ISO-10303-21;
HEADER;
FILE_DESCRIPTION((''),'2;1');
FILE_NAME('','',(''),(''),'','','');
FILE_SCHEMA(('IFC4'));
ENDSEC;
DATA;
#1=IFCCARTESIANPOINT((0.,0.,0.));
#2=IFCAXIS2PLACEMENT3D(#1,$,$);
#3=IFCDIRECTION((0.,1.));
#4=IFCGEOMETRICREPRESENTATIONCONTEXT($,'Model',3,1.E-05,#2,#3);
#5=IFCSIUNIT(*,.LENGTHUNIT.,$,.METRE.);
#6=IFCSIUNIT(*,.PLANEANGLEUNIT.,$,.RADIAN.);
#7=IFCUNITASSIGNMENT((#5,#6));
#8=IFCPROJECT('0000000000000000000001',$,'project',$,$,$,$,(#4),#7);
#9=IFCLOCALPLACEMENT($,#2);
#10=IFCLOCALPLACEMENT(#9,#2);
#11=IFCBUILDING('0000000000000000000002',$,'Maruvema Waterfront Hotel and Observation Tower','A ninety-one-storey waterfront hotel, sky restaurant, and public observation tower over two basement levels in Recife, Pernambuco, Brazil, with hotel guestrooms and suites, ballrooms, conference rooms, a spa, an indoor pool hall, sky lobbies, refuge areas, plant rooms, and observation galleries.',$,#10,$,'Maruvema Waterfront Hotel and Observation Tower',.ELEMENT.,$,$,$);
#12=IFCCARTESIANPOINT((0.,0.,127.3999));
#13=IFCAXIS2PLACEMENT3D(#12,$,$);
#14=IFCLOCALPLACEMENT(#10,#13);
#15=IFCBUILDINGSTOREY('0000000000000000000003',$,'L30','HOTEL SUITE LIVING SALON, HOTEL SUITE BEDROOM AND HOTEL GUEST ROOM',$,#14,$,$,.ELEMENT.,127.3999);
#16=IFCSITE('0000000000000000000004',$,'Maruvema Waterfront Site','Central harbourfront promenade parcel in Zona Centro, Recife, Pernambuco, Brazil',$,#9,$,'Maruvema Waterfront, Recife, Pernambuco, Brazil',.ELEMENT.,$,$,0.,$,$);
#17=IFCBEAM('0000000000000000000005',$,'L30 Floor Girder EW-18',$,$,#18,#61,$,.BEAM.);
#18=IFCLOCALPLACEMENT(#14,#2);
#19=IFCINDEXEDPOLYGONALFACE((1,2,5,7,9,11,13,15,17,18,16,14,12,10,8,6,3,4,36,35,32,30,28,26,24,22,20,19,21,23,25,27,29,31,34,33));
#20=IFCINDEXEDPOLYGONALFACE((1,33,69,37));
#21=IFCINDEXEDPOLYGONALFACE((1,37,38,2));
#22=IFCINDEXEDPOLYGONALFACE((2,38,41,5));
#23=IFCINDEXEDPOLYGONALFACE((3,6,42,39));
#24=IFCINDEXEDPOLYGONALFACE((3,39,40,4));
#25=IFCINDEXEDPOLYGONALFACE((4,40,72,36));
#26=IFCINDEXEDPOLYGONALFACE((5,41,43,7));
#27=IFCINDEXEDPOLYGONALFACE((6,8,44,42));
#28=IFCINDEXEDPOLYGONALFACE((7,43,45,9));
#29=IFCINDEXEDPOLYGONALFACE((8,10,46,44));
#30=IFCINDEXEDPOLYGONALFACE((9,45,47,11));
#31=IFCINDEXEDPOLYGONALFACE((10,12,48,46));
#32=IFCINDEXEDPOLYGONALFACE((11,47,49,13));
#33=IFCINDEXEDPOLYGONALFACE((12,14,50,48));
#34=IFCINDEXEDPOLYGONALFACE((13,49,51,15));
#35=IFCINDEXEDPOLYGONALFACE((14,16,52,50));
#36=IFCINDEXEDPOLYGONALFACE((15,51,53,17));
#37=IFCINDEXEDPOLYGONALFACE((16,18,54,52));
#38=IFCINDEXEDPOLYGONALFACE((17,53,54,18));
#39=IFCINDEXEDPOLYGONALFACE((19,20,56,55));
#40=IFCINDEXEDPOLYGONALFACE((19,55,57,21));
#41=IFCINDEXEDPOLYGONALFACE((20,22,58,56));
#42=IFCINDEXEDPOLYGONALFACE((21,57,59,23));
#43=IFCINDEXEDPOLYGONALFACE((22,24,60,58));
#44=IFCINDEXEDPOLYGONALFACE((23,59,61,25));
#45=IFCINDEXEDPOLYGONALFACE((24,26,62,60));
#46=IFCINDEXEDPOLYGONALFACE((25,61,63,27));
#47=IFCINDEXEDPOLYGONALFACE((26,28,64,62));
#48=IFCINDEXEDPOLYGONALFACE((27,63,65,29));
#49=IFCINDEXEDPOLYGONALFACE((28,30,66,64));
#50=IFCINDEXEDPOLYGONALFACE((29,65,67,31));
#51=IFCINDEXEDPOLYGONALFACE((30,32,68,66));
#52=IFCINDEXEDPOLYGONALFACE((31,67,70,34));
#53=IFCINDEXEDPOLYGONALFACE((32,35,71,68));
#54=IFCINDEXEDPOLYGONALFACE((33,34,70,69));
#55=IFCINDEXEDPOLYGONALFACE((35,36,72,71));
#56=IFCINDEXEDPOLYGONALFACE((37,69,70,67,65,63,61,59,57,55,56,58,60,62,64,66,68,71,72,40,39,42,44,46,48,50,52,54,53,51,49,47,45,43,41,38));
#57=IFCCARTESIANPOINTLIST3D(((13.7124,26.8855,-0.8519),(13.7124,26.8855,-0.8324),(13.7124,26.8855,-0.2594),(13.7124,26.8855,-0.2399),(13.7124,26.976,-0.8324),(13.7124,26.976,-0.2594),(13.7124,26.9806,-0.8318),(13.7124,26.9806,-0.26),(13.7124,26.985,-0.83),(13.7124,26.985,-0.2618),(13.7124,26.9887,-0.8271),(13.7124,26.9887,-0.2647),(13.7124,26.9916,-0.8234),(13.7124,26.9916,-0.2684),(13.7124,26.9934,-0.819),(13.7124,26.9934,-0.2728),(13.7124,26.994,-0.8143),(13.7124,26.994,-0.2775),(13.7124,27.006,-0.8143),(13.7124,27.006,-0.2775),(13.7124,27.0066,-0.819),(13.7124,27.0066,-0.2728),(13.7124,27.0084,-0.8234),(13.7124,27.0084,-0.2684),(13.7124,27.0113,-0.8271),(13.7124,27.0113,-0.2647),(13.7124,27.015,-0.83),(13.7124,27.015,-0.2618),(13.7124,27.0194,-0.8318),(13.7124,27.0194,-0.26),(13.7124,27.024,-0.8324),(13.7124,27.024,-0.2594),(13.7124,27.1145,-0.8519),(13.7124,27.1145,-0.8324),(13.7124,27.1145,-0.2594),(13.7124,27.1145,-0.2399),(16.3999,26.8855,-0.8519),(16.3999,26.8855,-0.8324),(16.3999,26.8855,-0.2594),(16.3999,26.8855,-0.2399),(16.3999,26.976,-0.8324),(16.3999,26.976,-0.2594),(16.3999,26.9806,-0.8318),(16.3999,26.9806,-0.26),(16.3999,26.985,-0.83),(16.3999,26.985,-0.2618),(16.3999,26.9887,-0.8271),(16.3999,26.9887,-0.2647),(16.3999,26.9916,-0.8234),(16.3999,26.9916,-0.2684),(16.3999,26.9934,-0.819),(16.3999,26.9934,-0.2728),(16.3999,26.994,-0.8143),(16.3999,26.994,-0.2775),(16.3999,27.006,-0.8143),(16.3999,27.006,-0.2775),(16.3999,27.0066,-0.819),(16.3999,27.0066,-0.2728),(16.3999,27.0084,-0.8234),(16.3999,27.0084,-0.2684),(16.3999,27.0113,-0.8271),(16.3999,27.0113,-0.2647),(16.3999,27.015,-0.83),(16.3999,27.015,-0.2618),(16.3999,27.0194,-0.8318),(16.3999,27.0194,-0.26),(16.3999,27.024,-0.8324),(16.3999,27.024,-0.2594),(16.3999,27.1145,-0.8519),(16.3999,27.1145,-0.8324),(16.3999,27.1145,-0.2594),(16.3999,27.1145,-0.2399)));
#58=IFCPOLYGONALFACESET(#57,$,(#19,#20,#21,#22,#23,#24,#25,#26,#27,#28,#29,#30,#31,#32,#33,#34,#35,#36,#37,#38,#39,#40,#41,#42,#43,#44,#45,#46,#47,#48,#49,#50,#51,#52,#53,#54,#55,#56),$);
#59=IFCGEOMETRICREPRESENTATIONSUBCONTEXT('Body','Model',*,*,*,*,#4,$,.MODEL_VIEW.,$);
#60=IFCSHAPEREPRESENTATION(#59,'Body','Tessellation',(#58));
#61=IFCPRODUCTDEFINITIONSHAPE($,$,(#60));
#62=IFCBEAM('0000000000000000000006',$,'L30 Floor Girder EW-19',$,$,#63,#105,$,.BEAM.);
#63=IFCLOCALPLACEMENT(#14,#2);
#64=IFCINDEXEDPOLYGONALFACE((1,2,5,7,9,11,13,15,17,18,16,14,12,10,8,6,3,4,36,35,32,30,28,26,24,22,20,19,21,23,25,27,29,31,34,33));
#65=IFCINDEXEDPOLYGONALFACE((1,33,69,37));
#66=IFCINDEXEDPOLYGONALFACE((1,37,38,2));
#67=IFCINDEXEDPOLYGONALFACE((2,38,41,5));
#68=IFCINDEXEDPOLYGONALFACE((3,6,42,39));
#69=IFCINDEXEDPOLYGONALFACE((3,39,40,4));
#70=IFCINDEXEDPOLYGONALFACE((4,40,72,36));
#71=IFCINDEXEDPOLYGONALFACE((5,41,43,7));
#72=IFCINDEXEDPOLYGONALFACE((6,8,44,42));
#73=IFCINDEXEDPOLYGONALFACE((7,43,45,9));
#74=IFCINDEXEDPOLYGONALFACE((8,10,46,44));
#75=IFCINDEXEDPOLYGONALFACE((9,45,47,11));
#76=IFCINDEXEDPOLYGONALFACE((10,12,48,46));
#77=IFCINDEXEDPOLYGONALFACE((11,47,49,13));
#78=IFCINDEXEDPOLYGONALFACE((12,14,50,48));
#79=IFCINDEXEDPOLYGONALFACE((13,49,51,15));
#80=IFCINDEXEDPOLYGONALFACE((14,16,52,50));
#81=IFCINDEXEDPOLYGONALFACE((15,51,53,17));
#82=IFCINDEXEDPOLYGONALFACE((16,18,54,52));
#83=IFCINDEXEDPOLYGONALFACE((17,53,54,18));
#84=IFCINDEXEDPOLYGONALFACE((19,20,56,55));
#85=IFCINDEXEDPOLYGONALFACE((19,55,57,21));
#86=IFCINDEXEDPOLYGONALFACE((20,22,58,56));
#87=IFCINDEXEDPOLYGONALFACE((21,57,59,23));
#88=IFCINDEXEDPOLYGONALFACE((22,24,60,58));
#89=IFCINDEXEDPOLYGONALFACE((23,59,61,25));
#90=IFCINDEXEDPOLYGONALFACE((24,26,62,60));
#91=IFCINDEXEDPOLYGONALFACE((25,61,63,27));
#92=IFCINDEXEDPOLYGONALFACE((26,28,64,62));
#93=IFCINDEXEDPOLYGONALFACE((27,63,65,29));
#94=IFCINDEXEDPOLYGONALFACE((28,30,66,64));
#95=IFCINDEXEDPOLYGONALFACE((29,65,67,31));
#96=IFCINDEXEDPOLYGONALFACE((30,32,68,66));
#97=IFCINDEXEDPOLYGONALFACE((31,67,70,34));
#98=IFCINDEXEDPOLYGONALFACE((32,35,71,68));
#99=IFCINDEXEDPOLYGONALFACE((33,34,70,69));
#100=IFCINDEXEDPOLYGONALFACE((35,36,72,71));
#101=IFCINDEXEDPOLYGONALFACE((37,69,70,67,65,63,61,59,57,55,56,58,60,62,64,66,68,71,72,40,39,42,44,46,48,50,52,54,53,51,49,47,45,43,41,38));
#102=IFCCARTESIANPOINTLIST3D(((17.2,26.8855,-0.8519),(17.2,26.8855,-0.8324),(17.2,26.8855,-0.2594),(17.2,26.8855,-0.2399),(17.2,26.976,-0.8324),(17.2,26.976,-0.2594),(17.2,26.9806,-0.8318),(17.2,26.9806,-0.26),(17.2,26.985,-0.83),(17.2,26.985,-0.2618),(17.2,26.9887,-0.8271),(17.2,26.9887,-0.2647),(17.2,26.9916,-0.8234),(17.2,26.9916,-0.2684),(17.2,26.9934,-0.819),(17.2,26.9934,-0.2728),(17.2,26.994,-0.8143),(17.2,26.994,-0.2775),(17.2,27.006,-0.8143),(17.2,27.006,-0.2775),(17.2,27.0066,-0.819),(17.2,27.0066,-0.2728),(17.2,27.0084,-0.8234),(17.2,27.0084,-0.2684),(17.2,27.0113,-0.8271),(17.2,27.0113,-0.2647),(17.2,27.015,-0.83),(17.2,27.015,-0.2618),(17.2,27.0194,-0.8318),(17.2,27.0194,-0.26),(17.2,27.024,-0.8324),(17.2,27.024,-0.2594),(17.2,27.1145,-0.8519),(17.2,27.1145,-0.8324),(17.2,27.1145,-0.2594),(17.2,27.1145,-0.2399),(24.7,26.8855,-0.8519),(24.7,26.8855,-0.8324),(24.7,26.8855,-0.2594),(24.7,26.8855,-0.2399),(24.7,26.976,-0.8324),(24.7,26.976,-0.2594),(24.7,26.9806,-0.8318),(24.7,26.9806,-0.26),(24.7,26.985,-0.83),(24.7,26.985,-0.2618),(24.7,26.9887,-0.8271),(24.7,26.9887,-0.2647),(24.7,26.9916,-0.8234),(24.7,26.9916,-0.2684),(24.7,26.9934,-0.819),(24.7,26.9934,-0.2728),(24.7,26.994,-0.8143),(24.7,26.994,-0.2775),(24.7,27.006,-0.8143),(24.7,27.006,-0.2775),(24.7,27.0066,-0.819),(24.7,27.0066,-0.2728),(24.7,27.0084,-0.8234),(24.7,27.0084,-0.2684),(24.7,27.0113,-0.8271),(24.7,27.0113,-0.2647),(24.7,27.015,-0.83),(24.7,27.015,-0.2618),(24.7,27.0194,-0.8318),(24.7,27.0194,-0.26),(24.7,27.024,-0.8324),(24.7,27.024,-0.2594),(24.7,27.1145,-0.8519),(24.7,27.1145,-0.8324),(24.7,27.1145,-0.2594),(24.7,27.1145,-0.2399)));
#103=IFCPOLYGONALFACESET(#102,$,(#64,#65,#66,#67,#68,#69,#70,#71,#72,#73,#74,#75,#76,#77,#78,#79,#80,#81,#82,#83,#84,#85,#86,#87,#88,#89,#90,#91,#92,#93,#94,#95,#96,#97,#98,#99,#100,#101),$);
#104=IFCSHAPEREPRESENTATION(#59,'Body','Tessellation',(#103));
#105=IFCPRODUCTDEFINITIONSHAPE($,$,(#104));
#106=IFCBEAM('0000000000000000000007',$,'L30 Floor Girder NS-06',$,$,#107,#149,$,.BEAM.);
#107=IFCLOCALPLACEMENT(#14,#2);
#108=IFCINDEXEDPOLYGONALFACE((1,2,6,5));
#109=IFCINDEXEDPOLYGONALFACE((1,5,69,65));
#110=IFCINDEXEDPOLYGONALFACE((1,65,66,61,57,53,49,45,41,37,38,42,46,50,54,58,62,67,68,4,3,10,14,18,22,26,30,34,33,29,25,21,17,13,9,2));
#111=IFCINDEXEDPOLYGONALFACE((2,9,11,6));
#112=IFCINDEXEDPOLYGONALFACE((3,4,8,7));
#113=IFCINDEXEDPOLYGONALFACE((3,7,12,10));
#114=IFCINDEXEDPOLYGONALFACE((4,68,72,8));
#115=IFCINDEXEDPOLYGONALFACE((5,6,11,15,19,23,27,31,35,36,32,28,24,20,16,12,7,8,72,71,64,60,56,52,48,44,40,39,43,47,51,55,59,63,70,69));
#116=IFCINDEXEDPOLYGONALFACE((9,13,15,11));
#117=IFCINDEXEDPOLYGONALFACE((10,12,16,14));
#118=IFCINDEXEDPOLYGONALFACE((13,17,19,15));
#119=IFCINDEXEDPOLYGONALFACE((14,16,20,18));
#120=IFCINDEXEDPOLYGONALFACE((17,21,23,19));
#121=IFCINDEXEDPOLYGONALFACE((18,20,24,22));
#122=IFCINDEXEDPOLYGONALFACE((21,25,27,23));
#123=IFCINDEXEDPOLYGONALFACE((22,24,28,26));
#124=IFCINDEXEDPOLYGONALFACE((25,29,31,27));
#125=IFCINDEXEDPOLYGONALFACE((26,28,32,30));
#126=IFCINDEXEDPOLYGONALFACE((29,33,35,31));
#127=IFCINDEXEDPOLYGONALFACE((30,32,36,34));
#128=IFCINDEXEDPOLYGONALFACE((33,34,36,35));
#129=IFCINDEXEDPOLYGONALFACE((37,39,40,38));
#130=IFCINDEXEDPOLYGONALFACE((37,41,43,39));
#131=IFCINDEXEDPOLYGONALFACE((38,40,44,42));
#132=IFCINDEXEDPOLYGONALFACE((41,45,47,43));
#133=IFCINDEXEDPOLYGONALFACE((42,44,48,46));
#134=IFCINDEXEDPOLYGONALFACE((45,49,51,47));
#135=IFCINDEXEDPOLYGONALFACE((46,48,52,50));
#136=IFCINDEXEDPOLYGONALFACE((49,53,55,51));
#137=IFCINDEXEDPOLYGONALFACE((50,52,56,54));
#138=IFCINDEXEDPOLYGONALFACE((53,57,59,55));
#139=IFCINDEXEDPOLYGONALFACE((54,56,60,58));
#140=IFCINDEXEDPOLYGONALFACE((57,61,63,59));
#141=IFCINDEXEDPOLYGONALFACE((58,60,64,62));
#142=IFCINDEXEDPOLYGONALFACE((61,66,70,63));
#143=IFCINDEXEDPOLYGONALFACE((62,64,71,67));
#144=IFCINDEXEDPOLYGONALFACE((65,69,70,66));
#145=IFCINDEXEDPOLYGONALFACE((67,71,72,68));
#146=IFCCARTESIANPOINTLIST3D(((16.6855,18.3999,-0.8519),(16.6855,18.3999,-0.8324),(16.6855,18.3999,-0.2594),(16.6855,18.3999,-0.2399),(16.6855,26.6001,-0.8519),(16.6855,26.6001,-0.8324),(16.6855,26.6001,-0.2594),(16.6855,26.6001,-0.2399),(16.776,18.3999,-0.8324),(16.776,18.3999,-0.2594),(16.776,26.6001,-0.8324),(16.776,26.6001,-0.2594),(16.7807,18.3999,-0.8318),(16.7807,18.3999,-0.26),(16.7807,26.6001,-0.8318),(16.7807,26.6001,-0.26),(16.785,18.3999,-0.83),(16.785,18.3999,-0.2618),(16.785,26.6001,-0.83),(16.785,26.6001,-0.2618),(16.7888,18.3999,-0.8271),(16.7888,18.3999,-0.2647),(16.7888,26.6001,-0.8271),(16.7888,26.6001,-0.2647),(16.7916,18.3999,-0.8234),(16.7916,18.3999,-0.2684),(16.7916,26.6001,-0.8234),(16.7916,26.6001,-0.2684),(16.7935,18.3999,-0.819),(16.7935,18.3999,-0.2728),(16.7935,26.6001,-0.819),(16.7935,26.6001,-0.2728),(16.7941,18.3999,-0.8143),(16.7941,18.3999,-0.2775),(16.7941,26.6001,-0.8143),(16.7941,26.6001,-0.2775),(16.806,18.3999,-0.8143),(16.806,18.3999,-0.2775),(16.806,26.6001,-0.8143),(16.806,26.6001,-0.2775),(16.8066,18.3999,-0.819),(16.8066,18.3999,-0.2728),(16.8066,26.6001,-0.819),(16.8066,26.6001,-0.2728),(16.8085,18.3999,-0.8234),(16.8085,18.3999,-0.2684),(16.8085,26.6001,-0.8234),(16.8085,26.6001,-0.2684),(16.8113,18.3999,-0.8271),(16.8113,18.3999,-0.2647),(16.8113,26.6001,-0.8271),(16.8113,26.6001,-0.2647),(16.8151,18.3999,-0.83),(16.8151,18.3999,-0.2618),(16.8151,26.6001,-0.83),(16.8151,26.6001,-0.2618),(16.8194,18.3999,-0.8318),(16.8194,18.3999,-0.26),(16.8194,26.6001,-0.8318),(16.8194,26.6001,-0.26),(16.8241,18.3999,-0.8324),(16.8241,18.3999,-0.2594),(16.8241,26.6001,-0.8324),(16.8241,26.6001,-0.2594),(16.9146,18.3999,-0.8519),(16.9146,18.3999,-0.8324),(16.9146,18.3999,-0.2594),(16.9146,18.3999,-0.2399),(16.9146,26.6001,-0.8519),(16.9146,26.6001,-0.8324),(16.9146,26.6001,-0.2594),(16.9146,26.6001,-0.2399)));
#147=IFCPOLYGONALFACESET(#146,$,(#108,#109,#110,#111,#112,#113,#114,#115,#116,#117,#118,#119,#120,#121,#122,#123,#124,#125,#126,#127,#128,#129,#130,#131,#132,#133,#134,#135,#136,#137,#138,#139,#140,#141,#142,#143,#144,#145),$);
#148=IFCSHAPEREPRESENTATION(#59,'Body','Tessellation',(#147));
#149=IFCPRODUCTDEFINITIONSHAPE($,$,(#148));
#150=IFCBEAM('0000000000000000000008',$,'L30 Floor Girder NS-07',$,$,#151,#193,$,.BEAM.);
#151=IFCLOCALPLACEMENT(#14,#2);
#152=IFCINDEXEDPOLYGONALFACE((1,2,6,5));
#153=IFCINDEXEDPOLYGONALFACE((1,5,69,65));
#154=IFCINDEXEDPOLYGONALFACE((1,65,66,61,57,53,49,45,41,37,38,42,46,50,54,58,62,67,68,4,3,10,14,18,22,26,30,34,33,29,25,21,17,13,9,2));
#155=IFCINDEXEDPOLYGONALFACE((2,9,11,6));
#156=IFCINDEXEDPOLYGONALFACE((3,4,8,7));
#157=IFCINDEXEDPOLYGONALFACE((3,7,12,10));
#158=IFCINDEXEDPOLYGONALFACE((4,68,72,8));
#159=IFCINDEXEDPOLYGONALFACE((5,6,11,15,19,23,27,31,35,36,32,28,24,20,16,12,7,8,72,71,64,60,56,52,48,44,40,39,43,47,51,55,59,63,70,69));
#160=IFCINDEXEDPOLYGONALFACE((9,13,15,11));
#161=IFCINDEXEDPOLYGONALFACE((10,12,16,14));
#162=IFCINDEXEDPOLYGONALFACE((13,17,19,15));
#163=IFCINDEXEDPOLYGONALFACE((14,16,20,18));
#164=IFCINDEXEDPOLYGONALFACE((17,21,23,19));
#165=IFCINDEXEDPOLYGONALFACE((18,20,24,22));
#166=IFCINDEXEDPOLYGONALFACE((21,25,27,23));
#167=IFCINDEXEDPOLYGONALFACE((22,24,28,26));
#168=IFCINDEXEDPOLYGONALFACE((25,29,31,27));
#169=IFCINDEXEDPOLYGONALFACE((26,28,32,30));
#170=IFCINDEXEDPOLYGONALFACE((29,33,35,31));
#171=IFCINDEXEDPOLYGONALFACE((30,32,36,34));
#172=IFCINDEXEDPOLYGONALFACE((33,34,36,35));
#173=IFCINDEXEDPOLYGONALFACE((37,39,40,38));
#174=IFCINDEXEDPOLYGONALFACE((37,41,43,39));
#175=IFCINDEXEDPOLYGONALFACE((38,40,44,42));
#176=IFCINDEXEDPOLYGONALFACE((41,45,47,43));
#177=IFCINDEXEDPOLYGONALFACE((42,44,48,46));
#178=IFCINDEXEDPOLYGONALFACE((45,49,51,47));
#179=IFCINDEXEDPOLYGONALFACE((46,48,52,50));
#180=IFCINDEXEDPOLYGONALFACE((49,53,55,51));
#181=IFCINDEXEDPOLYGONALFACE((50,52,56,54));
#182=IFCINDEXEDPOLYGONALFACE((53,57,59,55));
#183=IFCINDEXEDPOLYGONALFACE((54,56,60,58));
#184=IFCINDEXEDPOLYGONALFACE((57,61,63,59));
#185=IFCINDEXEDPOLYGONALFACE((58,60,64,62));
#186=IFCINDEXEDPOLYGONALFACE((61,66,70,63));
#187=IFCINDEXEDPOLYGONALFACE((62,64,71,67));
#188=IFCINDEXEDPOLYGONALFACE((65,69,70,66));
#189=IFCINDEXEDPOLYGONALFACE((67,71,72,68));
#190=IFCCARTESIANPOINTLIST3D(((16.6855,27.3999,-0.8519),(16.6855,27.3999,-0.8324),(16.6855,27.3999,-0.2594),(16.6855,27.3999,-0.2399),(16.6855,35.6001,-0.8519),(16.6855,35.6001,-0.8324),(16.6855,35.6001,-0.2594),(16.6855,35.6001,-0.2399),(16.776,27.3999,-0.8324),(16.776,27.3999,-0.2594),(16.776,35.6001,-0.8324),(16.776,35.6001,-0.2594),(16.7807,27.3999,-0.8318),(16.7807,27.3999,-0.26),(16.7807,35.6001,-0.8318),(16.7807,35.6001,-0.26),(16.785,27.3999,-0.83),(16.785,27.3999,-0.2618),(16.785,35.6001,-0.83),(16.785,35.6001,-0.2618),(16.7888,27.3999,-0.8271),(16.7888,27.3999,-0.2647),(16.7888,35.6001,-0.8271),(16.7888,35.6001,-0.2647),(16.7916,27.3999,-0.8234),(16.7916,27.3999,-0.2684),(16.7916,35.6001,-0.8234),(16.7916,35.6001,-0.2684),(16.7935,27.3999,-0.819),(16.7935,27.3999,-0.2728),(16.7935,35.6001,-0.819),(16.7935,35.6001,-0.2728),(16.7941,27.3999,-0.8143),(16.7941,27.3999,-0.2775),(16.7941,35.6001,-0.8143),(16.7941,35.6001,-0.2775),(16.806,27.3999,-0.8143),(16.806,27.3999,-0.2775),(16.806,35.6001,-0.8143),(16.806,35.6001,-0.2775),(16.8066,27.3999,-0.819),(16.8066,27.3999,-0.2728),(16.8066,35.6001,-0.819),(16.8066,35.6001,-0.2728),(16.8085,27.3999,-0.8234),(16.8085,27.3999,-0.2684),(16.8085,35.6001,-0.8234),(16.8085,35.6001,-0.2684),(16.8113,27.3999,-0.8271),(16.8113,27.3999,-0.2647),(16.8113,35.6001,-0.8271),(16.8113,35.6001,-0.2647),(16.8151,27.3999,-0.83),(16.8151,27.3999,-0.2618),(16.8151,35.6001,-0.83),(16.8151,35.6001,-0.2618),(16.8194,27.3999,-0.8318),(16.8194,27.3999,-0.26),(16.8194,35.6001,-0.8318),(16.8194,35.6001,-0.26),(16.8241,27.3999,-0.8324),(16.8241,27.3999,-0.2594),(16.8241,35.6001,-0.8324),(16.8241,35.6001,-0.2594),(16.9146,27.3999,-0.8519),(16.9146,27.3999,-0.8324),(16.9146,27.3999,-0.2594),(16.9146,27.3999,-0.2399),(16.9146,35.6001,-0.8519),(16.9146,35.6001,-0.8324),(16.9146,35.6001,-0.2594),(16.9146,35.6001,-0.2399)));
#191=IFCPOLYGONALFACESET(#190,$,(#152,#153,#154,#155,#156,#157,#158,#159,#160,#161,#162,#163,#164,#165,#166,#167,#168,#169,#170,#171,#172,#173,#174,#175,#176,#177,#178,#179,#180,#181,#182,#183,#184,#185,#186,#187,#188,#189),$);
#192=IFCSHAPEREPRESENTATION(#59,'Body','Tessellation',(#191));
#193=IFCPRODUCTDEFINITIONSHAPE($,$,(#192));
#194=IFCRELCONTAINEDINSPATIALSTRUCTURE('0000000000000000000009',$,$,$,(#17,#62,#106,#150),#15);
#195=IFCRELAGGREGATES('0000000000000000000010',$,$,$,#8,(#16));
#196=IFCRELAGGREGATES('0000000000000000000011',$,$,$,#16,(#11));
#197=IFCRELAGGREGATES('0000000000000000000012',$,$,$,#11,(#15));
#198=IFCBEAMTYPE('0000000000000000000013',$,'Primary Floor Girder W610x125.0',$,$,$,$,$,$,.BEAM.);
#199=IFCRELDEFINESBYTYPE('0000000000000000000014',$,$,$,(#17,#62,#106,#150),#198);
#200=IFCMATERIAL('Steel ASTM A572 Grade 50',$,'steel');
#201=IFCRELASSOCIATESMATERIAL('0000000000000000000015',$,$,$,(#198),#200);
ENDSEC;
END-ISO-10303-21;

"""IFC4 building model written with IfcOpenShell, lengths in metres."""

from ifc_helpers import new_model, si_unit, direction, frame, origin, origin_2d, place, context, subcontext, project, spatial, i_section, extrude, material, material_profile, profile_set, type_object, element, save


model = new_model("IFC4")

# Units and contexts
model_context = context("Model", 3, precision=1e-05, world=origin(), true_north=direction((0.0, 1.0)))
body_context = subcontext(model_context, "Body", "Model", "MODEL_VIEW")
ifc_project = project(units=[si_unit("LENGTHUNIT", "METRE"), si_unit("PLANEANGLEUNIT", "RADIAN")], contexts=[model_context])

# Site, building, storey
site_placement = place(None, origin())
site = spatial("IfcSite", under=ifc_project, at=site_placement, Name="Maruvema Waterfront Site", Description="Central harbourfront promenade parcel in Zona Centro, Recife, Pernambuco, Brazil", LongName="Maruvema Waterfront, Recife, Pernambuco, Brazil", CompositionType="ELEMENT", RefElevation=0.0)
building_placement = place(site_placement, origin())
building = spatial("IfcBuilding", under=site, at=building_placement, Name="Maruvema Waterfront Hotel and Observation Tower", Description="A ninety-one-storey waterfront hotel, sky restaurant, and public observation tower over two basement levels in Recife, Pernambuco, Brazil, with hotel guestrooms and suites, ballrooms, conference rooms, a spa, an indoor pool hall, sky lobbies, refuge areas, plant rooms, and observation galleries.", LongName="Maruvema Waterfront Hotel and Observation Tower", CompositionType="ELEMENT")
storey_placement = place(building_placement, frame((0.0, 0.0, 127.3999)))
storey = spatial("IfcBuildingStorey", under=building, at=storey_placement, Name="L30", Description="HOTEL SUITE LIVING SALON, HOTEL SUITE BEDROOM AND HOTEL GUEST ROOM", CompositionType="ELEMENT", Elevation=127.3999)

# Beams
ifc_material_1 = material(Name="Steel ASTM A572 Grade 50", Category="steel")
ifc_material_profile_1 = material_profile(ifc_material_1, i_section(OverallWidth=0.229, OverallDepth=0.6121, WebThickness=0.012, FlangeThickness=0.0195, FilletRadius=0.0181, at=origin_2d()), Name="W610x125.0")
ifc_profile_set_1 = profile_set([ifc_material_profile_1], Name="Steel ASTM A572 Grade 50")
beam_type_1 = type_object("IfcBeamType", Name="Primary Floor Girder W610x125.0", PredefinedType="BEAM", material=ifc_profile_set_1)
beam_1_placement = place(storey_placement, frame((13.7124, 27.0, -0.5459), z_axis=(1.0, 0.0, 0.0), x_axis=(0.0, 1.0, 0.0)))
element("IfcBeam", 1, at=beam_1_placement, inside=storey, type_object=beam_type_1, Name="L30 Floor Girder EW-18", PredefinedType="BEAM", context=body_context, shape_type="SweptSolid", body=[
    extrude(i_section(OverallWidth=0.229, OverallDepth=0.6121, WebThickness=0.012, FlangeThickness=0.0195, FilletRadius=0.0181, at=origin_2d()), origin(), (0.0, 0.0, 1.0), 2.6875),
])
beam_2_placement = place(storey_placement, frame((17.2, 27.0, -0.5459), z_axis=(1.0, 0.0, 0.0), x_axis=(0.0, 1.0, 0.0)))
element("IfcBeam", 2, at=beam_2_placement, inside=storey, type_object=beam_type_1, Name="L30 Floor Girder EW-19", PredefinedType="BEAM", context=body_context, shape_type="SweptSolid", body=[
    extrude(i_section(OverallWidth=0.229, OverallDepth=0.6121, WebThickness=0.012, FlangeThickness=0.0195, FilletRadius=0.0181, at=origin_2d()), origin(), (0.0, 0.0, 1.0), 7.5),
])
for number, where, z_axis, x_axis, name in (
    (3, (16.8, 18.3999, -0.5459), (0.0, 1.0, 0.0), (-1.0, 0.0, 0.0), "L30 Floor Girder NS-06"),
    (4, (16.8, 27.3999, -0.5459), (0.0, 1.0, 0.0), (-1.0, 0.0, 0.0), "L30 Floor Girder NS-07"),
):
    element("IfcBeam", number, at=place(storey_placement, frame(where, z_axis=z_axis, x_axis=x_axis)), inside=storey, type_object=beam_type_1, Name=name, PredefinedType="BEAM", context=body_context, shape_type="SweptSolid", body=[
        extrude(i_section(OverallWidth=0.229, OverallDepth=0.6121, WebThickness=0.012, FlangeThickness=0.0195, FilletRadius=0.0181, at=origin_2d()), origin(), (0.0, 0.0, 1.0), 8.2002),
    ])

save(model, "model.ifc")
